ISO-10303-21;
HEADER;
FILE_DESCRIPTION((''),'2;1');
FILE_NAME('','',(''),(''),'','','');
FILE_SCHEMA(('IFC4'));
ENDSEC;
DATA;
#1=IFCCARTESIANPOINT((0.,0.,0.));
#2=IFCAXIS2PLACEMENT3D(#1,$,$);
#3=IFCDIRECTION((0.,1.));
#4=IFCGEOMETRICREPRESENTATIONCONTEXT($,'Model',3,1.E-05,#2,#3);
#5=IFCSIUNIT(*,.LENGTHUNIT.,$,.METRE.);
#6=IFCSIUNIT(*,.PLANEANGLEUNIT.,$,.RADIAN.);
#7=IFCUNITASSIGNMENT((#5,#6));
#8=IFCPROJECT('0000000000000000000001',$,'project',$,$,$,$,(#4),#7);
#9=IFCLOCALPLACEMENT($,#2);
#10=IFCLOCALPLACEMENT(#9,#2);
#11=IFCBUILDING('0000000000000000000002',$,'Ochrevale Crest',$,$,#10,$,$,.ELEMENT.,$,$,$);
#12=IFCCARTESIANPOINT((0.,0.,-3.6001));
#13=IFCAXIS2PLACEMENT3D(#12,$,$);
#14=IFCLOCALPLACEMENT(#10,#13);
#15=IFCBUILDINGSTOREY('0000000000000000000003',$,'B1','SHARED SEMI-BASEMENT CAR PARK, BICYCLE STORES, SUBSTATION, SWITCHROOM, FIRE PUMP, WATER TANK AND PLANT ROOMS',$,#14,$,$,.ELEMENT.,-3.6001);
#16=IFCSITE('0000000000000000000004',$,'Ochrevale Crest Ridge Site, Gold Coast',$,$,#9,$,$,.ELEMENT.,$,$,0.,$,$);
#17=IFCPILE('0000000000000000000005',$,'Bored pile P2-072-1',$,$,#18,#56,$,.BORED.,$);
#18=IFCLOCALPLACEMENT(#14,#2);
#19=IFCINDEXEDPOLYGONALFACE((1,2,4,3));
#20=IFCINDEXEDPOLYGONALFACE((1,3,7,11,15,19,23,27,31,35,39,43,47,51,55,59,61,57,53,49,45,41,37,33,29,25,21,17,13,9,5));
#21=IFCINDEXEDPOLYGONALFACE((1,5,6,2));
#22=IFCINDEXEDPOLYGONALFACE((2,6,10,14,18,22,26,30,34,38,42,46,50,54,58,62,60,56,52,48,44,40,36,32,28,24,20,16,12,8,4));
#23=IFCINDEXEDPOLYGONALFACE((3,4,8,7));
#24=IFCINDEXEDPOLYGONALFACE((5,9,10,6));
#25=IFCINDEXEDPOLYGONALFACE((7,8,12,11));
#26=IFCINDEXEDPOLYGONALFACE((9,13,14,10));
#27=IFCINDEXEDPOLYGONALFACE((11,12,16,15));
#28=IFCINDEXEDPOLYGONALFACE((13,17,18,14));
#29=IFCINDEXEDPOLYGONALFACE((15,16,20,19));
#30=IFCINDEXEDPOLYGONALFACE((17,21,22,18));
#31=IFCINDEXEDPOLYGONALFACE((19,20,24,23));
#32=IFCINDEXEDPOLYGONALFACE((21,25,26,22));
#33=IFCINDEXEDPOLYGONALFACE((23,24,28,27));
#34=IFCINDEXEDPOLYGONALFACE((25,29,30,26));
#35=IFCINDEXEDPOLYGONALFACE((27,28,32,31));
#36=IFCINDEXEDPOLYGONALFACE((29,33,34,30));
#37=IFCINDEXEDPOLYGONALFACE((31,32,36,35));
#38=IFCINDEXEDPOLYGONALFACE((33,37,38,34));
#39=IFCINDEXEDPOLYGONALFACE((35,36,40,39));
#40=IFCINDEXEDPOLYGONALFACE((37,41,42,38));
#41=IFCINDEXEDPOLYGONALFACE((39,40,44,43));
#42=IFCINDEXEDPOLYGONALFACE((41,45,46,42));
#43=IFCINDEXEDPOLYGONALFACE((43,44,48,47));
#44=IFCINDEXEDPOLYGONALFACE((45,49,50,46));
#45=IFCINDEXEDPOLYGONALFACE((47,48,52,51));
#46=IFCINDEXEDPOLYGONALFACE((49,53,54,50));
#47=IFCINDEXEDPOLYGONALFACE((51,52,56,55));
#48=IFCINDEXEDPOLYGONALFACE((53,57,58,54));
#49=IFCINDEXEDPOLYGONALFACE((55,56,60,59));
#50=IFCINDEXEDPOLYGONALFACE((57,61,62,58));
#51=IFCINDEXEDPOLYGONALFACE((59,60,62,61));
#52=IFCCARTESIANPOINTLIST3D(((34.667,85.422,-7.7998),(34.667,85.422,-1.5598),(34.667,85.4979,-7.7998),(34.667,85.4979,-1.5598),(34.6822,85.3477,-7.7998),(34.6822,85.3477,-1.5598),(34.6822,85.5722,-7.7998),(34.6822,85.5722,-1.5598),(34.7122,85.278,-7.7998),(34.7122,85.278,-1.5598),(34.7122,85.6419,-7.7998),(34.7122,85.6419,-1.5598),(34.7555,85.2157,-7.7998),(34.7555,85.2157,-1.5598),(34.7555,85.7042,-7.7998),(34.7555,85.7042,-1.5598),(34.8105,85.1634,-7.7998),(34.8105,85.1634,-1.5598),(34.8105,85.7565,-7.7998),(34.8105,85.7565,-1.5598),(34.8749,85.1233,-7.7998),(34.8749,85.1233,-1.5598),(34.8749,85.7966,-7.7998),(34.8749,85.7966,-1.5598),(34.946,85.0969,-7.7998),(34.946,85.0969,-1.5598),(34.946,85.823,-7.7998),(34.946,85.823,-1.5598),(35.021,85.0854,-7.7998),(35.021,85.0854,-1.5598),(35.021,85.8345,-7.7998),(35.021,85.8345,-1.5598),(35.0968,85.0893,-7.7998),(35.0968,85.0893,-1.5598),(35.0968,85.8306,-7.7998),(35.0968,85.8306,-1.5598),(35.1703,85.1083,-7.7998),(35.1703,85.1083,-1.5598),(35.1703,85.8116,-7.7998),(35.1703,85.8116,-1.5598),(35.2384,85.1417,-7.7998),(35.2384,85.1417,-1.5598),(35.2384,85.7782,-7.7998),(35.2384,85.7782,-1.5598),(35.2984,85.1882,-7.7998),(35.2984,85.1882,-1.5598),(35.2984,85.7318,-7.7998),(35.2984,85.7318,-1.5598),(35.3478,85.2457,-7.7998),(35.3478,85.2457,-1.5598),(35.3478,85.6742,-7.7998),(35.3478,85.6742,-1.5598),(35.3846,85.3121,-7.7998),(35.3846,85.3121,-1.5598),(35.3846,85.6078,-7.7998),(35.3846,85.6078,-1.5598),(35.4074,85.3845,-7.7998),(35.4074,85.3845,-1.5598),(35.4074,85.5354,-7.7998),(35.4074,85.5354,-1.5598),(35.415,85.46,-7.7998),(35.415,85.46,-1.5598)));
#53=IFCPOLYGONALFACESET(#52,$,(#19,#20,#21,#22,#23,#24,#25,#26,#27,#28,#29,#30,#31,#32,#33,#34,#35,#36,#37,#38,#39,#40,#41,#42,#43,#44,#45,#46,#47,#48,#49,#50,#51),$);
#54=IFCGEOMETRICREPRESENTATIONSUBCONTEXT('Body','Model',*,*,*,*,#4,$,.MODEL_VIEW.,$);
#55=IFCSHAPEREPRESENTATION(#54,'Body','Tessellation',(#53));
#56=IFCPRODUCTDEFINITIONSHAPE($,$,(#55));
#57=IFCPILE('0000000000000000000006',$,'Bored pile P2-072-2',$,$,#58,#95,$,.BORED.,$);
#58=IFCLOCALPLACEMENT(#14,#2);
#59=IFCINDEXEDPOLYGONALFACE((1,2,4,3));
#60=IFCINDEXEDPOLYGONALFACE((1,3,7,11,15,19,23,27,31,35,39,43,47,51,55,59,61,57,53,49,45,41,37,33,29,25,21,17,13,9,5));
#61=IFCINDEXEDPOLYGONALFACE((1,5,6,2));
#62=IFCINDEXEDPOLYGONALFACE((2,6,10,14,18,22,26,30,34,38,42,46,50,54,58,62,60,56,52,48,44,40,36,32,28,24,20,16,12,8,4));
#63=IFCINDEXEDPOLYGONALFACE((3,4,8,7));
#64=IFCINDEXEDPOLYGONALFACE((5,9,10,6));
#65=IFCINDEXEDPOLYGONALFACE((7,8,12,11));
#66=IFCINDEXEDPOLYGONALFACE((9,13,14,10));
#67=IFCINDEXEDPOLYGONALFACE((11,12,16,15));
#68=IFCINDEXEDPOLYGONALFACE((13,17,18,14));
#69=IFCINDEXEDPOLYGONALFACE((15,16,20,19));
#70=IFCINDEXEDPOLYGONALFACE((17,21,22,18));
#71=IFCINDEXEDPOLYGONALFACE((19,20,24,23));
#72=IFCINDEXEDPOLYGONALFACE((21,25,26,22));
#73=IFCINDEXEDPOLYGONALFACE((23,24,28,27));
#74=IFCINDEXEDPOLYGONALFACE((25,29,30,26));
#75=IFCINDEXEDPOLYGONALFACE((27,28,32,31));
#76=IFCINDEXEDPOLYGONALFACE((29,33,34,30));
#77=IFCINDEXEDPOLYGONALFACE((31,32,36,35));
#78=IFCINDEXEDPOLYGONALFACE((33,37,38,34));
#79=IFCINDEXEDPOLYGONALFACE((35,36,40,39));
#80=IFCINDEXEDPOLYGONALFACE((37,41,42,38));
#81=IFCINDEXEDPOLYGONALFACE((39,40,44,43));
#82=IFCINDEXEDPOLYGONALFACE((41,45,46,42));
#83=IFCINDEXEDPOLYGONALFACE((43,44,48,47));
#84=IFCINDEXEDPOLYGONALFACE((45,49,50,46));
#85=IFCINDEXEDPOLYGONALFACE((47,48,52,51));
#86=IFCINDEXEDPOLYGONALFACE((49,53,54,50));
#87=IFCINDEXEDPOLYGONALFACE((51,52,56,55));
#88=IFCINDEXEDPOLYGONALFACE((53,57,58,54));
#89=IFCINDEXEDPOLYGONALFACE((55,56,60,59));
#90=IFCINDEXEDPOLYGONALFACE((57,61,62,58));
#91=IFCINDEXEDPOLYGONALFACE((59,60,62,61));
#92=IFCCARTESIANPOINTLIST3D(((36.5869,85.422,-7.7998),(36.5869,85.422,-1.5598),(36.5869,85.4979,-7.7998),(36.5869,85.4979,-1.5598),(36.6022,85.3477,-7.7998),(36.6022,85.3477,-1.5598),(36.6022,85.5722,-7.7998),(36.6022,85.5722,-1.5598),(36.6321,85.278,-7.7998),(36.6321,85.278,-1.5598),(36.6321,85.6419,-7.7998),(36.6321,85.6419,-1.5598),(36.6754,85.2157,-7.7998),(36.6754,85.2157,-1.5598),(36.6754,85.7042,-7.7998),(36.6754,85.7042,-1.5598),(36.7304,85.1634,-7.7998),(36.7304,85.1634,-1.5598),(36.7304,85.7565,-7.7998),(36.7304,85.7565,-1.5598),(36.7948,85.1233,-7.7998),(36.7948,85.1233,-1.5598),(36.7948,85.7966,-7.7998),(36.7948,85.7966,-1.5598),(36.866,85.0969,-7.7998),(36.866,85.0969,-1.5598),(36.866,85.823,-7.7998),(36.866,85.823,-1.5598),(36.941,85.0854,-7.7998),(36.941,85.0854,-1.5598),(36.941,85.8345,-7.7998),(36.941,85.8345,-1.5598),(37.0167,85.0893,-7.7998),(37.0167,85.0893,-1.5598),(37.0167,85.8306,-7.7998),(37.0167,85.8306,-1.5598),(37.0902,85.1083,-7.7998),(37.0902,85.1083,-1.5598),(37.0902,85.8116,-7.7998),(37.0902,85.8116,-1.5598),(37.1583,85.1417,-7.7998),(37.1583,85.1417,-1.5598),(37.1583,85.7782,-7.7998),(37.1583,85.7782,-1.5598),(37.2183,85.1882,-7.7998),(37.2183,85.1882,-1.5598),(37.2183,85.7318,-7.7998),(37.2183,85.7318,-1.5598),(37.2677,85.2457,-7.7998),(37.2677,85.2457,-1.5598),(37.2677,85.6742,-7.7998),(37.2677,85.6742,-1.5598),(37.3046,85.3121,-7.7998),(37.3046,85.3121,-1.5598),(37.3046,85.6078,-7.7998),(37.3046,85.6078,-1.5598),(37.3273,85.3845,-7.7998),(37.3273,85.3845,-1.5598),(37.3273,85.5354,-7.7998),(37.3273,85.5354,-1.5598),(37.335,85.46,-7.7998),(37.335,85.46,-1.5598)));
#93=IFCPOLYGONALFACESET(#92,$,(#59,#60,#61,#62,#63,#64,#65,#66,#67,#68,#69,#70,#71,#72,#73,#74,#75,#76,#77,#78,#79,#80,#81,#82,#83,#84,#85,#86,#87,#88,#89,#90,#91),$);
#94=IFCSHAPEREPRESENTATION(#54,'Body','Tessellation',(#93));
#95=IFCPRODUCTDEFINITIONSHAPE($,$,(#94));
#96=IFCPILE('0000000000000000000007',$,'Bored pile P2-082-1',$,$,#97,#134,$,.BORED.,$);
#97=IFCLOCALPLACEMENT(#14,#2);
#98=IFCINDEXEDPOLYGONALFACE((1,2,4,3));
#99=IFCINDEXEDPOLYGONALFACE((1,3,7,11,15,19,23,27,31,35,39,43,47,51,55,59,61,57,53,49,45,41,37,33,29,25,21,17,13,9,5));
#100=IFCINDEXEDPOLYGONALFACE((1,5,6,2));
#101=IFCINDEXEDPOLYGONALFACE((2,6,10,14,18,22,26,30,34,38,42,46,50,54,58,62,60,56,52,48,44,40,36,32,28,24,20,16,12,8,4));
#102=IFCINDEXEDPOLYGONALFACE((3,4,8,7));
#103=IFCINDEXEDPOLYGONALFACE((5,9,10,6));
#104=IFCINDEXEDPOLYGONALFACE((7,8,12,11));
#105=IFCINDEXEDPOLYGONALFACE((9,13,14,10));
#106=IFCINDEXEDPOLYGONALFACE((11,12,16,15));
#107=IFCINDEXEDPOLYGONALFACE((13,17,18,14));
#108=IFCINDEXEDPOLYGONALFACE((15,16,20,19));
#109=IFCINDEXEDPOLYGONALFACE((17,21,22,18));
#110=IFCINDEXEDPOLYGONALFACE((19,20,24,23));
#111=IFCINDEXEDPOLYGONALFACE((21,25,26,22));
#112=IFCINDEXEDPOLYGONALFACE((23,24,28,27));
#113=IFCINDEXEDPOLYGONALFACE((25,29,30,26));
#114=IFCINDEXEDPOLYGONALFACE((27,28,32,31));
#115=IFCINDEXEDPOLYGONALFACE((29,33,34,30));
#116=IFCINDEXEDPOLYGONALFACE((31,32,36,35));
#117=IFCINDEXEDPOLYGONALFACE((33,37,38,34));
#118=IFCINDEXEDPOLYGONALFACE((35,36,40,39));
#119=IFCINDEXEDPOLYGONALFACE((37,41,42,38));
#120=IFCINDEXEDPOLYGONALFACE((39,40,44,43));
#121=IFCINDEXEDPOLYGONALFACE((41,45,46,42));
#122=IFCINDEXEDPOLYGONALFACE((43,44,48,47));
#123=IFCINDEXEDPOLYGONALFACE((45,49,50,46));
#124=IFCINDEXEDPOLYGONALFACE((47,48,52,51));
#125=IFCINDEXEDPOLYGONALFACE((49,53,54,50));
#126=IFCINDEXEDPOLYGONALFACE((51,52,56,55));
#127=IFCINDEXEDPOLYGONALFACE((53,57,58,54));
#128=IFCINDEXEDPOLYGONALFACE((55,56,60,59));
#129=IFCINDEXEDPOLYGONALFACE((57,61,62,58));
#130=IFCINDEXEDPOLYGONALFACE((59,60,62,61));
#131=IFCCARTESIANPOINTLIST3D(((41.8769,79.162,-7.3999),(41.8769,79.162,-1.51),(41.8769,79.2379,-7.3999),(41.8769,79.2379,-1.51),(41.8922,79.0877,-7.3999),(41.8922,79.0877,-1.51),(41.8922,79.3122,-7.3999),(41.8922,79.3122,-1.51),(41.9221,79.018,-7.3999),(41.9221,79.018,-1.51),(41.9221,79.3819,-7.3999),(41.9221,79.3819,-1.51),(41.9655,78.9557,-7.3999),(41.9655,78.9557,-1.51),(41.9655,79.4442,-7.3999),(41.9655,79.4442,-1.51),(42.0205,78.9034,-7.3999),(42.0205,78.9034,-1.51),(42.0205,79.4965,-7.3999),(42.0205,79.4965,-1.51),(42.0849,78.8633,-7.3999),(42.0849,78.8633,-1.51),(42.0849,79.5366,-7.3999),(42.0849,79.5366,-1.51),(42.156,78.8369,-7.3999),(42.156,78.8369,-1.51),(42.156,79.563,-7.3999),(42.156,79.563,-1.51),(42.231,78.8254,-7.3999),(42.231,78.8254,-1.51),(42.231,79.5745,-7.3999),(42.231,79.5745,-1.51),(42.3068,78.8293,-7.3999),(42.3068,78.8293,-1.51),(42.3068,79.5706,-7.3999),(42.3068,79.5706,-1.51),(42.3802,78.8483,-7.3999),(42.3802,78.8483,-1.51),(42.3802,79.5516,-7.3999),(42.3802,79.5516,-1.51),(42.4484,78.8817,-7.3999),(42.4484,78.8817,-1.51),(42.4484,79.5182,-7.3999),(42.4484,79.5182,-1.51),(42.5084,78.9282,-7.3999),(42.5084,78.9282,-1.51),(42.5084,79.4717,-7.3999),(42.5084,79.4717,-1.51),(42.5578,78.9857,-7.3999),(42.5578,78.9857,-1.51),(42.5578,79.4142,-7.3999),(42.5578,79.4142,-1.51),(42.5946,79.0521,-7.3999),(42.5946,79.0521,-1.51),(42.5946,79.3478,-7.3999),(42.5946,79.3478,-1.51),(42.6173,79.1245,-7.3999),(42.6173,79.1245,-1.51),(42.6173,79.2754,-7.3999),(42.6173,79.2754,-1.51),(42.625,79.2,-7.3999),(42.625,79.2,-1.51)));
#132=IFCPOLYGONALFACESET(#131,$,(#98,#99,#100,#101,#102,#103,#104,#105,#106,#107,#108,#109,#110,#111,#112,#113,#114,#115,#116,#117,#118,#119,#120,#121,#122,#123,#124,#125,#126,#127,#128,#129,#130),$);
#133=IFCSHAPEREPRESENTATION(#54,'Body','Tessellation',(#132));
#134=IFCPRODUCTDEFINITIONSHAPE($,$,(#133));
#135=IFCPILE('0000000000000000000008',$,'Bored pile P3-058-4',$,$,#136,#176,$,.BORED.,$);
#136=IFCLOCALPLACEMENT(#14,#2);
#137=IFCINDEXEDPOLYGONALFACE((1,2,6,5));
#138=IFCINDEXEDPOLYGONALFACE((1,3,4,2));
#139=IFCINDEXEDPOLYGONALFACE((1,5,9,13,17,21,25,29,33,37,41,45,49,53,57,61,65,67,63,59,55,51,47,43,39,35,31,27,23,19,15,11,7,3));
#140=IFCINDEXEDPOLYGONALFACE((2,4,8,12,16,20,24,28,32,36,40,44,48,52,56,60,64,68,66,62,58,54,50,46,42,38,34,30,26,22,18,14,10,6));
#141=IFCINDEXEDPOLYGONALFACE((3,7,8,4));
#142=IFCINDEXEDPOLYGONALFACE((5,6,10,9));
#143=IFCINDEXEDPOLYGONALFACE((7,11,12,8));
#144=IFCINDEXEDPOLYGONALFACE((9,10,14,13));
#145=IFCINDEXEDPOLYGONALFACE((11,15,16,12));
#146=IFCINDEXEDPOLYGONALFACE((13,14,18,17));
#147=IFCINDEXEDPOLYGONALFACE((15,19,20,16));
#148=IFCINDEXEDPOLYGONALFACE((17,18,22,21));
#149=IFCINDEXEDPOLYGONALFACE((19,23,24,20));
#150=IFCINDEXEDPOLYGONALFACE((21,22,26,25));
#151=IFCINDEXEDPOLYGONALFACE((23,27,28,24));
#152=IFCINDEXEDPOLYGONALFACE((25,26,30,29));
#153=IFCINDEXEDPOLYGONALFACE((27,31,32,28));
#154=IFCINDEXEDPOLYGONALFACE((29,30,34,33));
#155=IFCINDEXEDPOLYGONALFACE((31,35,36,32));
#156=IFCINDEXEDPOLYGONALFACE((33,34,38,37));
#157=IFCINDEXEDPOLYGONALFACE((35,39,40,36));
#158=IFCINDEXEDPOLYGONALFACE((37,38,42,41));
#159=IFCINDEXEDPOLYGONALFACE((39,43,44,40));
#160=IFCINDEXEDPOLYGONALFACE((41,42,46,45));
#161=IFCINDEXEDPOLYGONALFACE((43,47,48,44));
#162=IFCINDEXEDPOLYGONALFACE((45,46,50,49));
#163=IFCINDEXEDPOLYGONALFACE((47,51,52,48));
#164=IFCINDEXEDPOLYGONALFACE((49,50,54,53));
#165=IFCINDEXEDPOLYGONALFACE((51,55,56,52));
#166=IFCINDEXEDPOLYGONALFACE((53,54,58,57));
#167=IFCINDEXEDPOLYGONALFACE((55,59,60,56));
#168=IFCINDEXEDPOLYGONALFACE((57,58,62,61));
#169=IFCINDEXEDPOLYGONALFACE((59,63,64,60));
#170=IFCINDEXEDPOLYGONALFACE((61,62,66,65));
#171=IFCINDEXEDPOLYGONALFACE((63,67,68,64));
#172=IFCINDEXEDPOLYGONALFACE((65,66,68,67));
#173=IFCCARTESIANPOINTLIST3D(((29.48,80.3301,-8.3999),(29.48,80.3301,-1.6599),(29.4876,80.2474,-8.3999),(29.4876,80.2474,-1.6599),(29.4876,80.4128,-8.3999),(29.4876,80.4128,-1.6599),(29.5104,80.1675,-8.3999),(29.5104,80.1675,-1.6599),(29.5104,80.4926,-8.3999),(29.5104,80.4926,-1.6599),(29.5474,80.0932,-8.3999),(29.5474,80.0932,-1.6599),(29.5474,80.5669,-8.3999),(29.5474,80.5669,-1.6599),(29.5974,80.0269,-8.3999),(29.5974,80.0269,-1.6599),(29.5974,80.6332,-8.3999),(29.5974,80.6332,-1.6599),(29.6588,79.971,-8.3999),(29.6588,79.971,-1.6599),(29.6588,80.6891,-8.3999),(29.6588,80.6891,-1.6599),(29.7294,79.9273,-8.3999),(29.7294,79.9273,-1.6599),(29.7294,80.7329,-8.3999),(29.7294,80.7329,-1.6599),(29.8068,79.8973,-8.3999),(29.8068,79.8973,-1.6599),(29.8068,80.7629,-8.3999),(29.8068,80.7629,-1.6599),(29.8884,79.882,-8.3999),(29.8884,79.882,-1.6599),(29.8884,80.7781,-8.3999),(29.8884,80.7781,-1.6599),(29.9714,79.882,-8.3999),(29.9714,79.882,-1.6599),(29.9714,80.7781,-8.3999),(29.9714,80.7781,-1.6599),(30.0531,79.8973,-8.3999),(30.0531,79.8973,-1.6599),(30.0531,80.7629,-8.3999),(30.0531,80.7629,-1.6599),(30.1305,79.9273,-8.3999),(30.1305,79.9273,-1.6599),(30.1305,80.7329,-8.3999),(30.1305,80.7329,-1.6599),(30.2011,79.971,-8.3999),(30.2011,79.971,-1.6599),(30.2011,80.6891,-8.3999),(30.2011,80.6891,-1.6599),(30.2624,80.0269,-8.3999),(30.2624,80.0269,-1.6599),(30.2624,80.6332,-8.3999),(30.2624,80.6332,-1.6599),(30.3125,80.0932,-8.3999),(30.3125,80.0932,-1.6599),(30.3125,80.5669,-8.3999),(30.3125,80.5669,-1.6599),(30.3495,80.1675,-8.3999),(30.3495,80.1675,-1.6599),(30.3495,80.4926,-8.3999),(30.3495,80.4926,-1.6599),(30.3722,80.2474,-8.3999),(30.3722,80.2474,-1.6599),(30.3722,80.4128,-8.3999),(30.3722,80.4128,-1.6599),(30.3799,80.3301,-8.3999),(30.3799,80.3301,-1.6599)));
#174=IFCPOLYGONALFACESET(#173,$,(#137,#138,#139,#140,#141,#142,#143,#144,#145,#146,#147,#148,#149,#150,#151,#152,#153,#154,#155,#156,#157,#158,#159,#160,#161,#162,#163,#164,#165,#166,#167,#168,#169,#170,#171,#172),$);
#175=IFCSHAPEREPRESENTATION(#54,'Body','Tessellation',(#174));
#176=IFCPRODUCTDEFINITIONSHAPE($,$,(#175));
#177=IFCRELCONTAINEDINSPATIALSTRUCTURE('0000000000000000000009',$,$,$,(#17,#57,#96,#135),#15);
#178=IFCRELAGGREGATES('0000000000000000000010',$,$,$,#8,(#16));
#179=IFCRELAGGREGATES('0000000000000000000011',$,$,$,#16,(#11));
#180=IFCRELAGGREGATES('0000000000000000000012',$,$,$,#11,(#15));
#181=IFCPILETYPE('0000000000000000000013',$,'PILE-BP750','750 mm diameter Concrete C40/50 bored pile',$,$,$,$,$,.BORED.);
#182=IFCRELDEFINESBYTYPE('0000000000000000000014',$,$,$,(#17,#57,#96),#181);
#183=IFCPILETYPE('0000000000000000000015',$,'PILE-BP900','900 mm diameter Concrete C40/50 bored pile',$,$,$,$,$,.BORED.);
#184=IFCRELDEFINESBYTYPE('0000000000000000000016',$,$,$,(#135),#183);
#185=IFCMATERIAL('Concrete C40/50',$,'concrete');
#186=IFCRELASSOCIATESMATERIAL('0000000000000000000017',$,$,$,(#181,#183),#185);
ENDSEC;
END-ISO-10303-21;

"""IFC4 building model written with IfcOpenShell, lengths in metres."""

from ifc_helpers import new_model, si_unit, direction, frame, origin, origin_2d, place, context, subcontext, project, spatial, circle, extrude, material, material_profile, profile_set, type_object, element, save


model = new_model("IFC4")

# Units and contexts
model_context = context("Model", 3, precision=1e-05, world=origin(), true_north=direction((0.0, 1.0)))
body_context = subcontext(model_context, "Body", "Model", "MODEL_VIEW")
ifc_project = project(units=[si_unit("LENGTHUNIT", "METRE"), si_unit("PLANEANGLEUNIT", "RADIAN")], contexts=[model_context])

# Site, building, storey
site_placement = place(None, origin())
site = spatial("IfcSite", under=ifc_project, at=site_placement, Name="Ochrevale Crest Ridge Site, Gold Coast", CompositionType="ELEMENT", RefElevation=0.0)
building_placement = place(site_placement, origin())
building = spatial("IfcBuilding", under=site, at=building_placement, Name="Ochrevale Crest", CompositionType="ELEMENT")
storey_placement = place(building_placement, frame((0.0, 0.0, -3.6001)))
storey = spatial("IfcBuildingStorey", under=building, at=storey_placement, Name="B1", Description="SHARED SEMI-BASEMENT CAR PARK, BICYCLE STORES, SUBSTATION, SWITCHROOM, FIRE PUMP, WATER TANK AND PLANT ROOMS", CompositionType="ELEMENT", Elevation=-3.6001)

# Shared definitions
ifc_material_1 = material(Name="Concrete C40/50", Category="concrete")

# Piles
ifc_material_profile_1 = material_profile(ifc_material_1, circle(Radius=0.375, at=origin_2d()), Name="BORED PILE 750")
ifc_profile_set_1 = profile_set([ifc_material_profile_1], Name="Concrete C40/50")
pile_type_1 = type_object("IfcPileType", Name="PILE-BP750", Description="750 mm diameter Concrete C40/50 bored pile", PredefinedType="BORED", material=ifc_profile_set_1)
for number, where, z_axis, x_axis, name in (
    (1, (35.04, 85.46, -1.5598), (0.0, 0.0, -1.0), (1.0, 0.0, 0.0), "Bored pile P2-072-1"),
    (2, (36.96, 85.46, -1.5598), (0.0, 0.0, -1.0), (1.0, 0.0, 0.0), "Bored pile P2-072-2"),
):
    element("IfcPile", number, at=place(storey_placement, frame(where, z_axis=z_axis, x_axis=x_axis)), inside=storey, type_object=pile_type_1, Name=name, PredefinedType="BORED", context=body_context, shape_type="SweptSolid", body=[
        extrude(circle(Radius=0.375, at=origin_2d()), origin(), (0.0, 0.0, 1.0), 6.24),
    ])
pile_placement = place(storey_placement, frame((42.25, 79.2, -1.51), z_axis=(0.0, 0.0, -1.0), x_axis=(1.0, 0.0, 0.0)))
element("IfcPile", 3, at=pile_placement, inside=storey, type_object=pile_type_1, Name="Bored pile P2-082-1", PredefinedType="BORED", context=body_context, shape_type="SweptSolid", body=[
    extrude(circle(Radius=0.375, at=origin_2d()), origin(), (0.0, 0.0, 1.0), 5.8899),
])
ifc_material_profile_2 = material_profile(ifc_material_1, circle(Radius=0.45, at=origin_2d()), Name="BORED PILE 900")
ifc_profile_set_2 = profile_set([ifc_material_profile_2], Name="Concrete C40/50")
pile_type_2 = type_object("IfcPileType", Name="PILE-BP900", Description="900 mm diameter Concrete C40/50 bored pile", PredefinedType="BORED", material=ifc_profile_set_2)
for number, where, z_axis, x_axis, name in (
    (4, (29.9299, 80.3301, -1.6599), (0.0, 0.0, -1.0), (1.0, 0.0, 0.0), "Bored pile P3-058-4"),
):
    element("IfcPile", number, at=place(storey_placement, frame(where, z_axis=z_axis, x_axis=x_axis)), inside=storey, type_object=pile_type_2, Name=name, PredefinedType="BORED", context=body_context, shape_type="SweptSolid", body=[
        extrude(circle(Radius=0.45, at=origin_2d()), origin(), (0.0, 0.0, 1.0), 6.74),
    ])

save(model, "model.ifc")
